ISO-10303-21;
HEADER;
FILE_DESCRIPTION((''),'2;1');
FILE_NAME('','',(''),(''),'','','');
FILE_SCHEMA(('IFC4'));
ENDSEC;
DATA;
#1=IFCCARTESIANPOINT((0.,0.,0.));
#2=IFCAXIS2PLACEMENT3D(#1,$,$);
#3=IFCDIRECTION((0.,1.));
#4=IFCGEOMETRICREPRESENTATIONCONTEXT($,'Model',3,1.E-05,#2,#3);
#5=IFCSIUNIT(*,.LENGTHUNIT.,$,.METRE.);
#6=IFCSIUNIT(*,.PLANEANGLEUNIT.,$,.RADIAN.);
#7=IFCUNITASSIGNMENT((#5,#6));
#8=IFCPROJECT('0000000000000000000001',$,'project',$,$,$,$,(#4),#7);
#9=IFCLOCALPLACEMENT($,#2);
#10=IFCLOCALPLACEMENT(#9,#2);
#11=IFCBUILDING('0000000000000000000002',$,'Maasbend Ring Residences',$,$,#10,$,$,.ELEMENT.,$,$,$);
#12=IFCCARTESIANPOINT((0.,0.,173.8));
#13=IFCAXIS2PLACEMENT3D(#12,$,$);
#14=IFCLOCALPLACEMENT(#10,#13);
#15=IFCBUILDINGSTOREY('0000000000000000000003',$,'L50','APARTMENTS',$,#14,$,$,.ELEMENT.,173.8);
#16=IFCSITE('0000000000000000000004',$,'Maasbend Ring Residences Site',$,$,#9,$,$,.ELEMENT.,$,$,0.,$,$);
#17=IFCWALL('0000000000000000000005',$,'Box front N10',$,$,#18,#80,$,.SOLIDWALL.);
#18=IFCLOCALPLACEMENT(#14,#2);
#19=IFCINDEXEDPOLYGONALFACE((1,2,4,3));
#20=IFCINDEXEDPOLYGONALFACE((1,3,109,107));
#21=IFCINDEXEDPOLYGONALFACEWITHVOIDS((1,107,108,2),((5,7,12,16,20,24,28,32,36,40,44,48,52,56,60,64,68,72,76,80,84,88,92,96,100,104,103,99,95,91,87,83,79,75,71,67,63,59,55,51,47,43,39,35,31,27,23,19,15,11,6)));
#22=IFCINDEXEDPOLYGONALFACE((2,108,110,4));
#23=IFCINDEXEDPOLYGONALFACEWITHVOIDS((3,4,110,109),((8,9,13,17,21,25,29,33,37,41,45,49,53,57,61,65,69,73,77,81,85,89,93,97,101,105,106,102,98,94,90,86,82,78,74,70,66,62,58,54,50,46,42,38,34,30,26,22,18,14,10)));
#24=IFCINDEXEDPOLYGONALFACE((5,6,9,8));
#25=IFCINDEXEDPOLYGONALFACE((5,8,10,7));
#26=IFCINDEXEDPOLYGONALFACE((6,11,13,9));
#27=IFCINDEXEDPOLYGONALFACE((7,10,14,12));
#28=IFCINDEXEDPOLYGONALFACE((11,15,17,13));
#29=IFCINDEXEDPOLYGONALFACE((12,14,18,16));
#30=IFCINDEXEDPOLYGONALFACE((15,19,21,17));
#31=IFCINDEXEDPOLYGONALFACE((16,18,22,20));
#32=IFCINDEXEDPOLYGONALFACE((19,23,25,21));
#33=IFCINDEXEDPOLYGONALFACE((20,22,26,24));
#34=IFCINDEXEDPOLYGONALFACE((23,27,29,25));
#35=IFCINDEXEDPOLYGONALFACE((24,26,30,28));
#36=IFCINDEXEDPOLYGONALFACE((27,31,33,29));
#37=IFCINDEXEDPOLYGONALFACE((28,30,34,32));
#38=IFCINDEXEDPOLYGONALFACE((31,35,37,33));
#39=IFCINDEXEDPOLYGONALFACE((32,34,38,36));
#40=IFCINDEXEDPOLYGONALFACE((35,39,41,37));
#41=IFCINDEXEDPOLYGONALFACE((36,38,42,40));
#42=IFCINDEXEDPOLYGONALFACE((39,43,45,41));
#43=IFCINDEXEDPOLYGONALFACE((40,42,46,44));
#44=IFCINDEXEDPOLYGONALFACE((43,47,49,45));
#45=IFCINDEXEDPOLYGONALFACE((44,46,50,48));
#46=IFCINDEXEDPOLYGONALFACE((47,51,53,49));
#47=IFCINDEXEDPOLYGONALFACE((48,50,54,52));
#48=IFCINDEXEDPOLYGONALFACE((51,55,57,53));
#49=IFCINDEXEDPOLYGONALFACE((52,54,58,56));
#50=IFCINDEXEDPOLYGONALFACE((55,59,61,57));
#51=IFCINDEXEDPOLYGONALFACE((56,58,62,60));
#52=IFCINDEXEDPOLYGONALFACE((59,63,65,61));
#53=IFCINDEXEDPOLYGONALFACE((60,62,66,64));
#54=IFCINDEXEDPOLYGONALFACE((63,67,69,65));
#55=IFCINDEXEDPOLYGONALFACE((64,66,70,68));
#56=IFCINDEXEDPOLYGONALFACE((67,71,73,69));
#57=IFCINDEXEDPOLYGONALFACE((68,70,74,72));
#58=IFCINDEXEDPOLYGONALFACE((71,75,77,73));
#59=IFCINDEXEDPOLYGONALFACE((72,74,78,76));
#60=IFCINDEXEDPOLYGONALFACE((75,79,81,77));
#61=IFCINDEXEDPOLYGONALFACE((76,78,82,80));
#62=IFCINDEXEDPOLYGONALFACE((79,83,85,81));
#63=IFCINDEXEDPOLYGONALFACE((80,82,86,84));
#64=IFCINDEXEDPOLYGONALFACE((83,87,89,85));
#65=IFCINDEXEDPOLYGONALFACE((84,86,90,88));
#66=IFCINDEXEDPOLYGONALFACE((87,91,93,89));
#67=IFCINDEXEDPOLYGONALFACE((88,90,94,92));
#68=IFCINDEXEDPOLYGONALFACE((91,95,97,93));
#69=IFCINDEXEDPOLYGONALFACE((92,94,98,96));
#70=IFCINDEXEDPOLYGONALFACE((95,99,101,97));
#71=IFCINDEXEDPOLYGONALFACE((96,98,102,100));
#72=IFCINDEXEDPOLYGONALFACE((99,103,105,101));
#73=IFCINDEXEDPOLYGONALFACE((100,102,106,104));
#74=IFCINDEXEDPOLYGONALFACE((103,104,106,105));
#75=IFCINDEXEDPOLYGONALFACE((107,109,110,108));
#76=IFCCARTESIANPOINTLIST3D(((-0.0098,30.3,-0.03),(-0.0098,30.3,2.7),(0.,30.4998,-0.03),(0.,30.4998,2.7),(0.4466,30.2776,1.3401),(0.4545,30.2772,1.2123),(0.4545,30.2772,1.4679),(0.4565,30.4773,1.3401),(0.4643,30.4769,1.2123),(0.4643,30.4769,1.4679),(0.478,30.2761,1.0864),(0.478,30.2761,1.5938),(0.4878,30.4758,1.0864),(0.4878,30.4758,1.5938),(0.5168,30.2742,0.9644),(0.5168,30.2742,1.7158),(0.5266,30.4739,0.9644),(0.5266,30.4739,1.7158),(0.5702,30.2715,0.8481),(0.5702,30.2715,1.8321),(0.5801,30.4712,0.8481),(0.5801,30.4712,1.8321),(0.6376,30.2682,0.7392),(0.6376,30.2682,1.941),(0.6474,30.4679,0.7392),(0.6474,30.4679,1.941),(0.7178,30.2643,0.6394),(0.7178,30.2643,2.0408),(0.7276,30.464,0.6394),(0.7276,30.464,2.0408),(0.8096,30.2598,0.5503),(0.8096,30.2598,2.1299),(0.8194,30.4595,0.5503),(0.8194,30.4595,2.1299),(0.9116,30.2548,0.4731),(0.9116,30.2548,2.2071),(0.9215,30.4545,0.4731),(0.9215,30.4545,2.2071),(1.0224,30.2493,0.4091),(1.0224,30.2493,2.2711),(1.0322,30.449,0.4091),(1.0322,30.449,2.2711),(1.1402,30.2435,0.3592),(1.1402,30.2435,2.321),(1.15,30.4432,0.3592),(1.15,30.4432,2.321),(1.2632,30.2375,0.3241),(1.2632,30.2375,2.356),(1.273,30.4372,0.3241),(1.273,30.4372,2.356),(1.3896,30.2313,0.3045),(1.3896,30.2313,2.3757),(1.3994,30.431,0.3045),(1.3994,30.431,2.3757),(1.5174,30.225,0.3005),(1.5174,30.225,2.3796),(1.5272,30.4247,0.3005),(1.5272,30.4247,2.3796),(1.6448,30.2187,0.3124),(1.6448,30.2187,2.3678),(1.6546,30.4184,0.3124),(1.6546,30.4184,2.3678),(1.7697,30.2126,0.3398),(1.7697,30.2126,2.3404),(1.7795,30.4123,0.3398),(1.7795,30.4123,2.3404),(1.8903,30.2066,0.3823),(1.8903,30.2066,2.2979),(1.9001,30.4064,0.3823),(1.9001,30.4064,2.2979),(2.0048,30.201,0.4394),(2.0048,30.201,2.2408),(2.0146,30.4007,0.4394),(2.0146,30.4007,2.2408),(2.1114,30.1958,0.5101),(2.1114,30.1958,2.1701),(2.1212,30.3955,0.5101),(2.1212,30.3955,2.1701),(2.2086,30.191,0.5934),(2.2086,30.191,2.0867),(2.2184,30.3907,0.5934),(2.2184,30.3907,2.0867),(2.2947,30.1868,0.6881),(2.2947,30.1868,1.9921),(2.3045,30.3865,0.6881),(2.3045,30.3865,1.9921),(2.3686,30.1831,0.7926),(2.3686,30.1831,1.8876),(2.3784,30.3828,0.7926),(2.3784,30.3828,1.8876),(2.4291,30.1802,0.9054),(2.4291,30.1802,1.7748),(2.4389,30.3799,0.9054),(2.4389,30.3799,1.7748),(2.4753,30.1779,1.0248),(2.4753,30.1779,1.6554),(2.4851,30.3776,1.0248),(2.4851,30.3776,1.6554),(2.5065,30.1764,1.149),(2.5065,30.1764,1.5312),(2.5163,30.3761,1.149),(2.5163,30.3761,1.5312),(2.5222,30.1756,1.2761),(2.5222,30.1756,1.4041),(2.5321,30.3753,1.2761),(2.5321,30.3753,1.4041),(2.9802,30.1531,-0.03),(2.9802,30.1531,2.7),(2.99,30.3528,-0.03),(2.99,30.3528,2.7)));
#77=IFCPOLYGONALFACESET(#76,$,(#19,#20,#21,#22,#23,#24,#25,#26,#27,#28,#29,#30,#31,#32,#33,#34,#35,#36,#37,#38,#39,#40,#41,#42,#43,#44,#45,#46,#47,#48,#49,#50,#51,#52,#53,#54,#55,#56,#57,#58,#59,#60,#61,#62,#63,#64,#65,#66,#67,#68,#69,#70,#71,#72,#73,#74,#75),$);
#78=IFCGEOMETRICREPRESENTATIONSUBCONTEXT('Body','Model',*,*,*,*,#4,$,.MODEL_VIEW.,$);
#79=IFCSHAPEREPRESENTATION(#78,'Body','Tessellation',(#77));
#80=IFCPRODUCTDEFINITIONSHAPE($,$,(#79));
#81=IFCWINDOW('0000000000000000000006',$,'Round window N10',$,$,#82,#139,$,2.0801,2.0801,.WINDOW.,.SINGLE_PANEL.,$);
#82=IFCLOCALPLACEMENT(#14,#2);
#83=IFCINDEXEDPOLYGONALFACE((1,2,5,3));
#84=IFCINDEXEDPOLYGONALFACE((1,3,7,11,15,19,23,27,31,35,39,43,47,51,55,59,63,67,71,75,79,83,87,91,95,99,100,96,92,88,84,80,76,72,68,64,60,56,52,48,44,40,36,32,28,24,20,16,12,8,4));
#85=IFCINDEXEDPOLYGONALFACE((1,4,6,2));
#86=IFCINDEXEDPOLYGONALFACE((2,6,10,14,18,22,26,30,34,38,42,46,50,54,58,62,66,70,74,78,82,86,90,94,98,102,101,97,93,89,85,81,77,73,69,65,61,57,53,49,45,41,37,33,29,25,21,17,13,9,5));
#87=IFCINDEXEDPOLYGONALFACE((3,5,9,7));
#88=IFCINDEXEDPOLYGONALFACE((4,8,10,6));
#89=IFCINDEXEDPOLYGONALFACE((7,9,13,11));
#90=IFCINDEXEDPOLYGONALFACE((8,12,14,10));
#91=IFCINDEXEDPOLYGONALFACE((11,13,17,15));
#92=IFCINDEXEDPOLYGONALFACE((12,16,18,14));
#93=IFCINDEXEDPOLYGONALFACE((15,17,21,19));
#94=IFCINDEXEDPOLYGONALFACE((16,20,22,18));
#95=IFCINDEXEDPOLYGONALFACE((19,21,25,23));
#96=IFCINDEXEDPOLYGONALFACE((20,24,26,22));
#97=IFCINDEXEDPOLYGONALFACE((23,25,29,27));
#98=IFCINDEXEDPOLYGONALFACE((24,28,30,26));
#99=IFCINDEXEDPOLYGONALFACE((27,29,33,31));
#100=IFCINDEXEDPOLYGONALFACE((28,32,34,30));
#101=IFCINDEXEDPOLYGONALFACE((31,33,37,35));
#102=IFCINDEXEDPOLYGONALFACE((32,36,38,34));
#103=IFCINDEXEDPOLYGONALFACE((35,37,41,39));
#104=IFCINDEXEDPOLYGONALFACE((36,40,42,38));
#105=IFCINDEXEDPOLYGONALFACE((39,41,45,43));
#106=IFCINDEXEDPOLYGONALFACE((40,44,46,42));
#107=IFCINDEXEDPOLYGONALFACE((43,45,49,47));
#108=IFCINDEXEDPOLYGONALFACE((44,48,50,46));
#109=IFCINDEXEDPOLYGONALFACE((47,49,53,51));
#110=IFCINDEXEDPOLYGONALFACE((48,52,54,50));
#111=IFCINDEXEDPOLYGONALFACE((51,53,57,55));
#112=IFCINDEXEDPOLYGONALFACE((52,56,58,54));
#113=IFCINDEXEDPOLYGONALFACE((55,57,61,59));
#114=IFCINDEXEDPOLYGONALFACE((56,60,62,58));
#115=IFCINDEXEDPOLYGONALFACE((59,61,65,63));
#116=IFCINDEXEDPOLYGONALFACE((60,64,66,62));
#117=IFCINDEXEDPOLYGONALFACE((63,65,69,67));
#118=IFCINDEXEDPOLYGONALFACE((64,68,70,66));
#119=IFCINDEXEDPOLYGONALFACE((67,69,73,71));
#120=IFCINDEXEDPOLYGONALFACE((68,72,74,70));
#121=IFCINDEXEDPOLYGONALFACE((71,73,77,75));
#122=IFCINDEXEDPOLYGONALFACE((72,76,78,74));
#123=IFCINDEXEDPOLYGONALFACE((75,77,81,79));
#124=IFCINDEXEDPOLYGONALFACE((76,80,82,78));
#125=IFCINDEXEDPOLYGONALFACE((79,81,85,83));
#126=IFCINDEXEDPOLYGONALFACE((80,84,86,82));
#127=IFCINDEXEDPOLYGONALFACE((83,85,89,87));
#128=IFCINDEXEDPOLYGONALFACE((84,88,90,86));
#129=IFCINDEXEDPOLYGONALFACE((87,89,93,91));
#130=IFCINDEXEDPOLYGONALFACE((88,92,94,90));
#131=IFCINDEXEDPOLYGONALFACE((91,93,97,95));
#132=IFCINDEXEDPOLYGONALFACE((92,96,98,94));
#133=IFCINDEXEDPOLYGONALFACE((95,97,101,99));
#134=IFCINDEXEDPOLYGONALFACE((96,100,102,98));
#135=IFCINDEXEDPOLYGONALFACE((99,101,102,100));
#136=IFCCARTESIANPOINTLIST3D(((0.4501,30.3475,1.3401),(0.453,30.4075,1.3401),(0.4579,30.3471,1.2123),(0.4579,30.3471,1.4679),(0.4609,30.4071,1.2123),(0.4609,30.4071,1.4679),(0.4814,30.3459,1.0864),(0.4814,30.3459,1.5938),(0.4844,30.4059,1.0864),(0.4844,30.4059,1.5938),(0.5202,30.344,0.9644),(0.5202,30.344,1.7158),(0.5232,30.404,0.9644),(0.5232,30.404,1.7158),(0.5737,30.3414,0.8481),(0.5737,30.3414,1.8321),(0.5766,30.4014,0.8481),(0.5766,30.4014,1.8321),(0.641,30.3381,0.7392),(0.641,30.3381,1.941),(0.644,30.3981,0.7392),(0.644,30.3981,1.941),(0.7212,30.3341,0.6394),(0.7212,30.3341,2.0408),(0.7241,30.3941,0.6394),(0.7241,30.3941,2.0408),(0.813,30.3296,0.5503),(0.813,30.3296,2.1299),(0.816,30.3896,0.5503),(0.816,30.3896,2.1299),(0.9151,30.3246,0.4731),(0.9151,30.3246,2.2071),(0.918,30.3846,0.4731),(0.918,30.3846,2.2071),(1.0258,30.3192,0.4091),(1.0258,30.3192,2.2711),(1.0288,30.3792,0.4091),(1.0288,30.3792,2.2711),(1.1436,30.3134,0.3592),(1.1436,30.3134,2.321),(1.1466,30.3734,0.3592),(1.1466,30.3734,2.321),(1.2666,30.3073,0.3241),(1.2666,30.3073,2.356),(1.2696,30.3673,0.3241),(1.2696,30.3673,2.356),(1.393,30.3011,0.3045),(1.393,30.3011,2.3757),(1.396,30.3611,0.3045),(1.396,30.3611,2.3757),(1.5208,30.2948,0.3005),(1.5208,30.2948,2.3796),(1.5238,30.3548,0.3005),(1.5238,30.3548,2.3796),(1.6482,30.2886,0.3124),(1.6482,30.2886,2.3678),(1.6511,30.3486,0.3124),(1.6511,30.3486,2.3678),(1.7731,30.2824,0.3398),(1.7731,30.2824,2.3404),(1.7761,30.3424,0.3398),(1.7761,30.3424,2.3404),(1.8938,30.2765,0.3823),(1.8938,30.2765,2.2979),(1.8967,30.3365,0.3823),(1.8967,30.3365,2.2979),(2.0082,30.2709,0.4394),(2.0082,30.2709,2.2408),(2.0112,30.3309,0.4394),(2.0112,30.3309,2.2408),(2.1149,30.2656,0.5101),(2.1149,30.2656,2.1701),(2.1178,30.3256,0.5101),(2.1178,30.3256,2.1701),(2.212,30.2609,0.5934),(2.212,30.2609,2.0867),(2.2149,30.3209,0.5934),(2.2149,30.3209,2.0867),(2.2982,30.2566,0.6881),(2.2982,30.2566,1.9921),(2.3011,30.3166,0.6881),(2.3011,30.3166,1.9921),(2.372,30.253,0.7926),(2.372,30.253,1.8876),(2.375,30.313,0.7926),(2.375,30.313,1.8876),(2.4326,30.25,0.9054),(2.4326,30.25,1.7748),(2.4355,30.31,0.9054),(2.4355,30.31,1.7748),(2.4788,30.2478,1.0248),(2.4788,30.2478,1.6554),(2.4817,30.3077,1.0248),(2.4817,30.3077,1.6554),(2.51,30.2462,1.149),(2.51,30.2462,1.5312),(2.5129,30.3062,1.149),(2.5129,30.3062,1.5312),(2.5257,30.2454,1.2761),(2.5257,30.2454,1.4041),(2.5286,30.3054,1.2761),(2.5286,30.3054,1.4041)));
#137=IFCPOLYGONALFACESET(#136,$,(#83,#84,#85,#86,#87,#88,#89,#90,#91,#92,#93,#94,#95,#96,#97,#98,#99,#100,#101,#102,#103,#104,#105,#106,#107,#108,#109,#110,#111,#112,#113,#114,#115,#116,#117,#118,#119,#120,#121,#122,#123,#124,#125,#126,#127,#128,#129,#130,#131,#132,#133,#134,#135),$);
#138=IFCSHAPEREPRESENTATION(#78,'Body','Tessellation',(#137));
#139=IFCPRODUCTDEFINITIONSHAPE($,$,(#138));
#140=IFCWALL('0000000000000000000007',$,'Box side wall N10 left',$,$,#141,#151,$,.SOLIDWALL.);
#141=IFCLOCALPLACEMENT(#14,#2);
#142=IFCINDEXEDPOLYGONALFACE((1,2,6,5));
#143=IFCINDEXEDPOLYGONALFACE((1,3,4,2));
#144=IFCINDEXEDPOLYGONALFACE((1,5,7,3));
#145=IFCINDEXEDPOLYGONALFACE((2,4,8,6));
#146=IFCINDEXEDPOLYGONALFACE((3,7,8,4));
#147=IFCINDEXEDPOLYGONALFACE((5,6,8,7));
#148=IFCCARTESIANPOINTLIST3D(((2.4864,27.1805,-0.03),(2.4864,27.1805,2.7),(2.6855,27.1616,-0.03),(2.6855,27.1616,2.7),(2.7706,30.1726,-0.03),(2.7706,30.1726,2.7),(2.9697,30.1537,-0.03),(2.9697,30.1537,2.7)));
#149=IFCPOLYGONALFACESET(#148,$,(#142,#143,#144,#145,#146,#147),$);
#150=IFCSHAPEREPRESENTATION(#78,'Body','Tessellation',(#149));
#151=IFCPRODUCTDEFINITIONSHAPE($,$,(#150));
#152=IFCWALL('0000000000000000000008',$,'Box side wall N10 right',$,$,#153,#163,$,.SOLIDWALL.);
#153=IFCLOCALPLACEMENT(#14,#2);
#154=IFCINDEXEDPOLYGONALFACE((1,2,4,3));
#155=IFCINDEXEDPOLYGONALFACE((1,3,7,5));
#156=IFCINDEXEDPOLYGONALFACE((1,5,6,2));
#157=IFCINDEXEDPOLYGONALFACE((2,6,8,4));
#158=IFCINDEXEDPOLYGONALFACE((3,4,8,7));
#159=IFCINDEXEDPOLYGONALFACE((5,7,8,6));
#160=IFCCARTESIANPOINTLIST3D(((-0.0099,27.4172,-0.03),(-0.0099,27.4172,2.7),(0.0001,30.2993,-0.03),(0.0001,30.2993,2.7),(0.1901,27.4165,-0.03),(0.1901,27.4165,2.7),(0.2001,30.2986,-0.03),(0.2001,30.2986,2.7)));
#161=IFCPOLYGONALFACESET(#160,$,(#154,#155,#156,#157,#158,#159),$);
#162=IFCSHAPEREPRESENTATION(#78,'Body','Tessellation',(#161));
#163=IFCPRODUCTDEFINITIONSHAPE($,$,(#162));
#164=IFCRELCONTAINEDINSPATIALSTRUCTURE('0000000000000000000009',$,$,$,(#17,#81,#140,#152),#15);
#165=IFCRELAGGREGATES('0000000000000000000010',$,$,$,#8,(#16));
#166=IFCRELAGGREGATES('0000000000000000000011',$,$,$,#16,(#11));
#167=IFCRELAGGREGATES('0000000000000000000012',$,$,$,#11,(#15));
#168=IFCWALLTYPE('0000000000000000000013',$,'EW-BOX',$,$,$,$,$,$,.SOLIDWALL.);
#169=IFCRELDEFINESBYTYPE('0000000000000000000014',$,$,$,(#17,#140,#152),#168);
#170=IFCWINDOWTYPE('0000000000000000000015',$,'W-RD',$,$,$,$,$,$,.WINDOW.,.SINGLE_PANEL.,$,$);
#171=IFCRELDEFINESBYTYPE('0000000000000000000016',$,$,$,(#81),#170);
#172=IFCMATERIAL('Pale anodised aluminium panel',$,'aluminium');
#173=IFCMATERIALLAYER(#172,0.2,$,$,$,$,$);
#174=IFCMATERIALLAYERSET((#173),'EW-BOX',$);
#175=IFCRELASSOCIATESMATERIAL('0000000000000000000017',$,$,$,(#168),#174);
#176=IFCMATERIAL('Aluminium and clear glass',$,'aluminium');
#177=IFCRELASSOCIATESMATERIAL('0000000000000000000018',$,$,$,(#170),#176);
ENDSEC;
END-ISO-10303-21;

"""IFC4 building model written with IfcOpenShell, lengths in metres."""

from ifc_helpers import new_model, si_unit, direction, frame, frame_2d, origin, place, context, subcontext, project, spatial, rectangle, circle, extrude, material, layer, layer_set, type_object, element, fill, save


model = new_model("IFC4")

# Units and contexts
model_context = context("Model", 3, precision=1e-05, world=origin(), true_north=direction((0.0, 1.0)))
body_context = subcontext(model_context, "Body", "Model", "MODEL_VIEW")
ifc_project = project(units=[si_unit("LENGTHUNIT", "METRE"), si_unit("PLANEANGLEUNIT", "RADIAN")], contexts=[model_context])

# Site, building, storey
site_placement = place(None, origin())
site = spatial("IfcSite", under=ifc_project, at=site_placement, Name="Maasbend Ring Residences Site", CompositionType="ELEMENT", RefElevation=0.0)
building_placement = place(site_placement, origin())
building = spatial("IfcBuilding", under=site, at=building_placement, Name="Maasbend Ring Residences", CompositionType="ELEMENT")
storey_placement = place(building_placement, frame((0.0, 0.0, 173.8)))
storey = spatial("IfcBuildingStorey", under=building, at=storey_placement, Name="L50", Description="APARTMENTS", CompositionType="ELEMENT", Elevation=173.8)

# Shared definitions
ifc_material_1 = material(Name="Pale anodised aluminium panel", Category="aluminium")
ifc_layer_1 = layer(ifc_material_1, 0.2)
ifc_layer_set_1 = layer_set([ifc_layer_1], Name="EW-BOX")
wall_type_1 = type_object("IfcWallType", Name="EW-BOX", PredefinedType="SOLIDWALL", material=ifc_layer_set_1)

# Shared definitions
ifc_material_2 = material(Name="Aluminium and clear glass", Category="aluminium")
window_type_1 = type_object("IfcWindowType", Name="W-RD", PartitioningType="SINGLE_PANEL", PredefinedType="WINDOW", material=ifc_material_2)

# Wall, opening, window
wall_1_placement = place(storey_placement, frame((2.9851, 30.2529, -0.03), z_axis=(0.0, 0.0, 1.0), x_axis=(-0.998794, 0.049096, 0.0)))
wall_1 = element("IfcWall", 1, at=wall_1_placement, inside=storey, type_object=wall_type_1, Name="Box front N10", PredefinedType="SOLIDWALL", context=body_context, shape_type="SweptSolid", body=[
    extrude(rectangle(XDim=2.9937, YDim=0.2, at=frame_2d((1.4968, 0.0))), origin(), (0.0, 0.0, 1.0), 2.73),
])
opening_1_placement = place(wall_1_placement, frame((0.4565, 0.0, 0.3301)))
opening_1 = element("IfcOpeningElement", 2, at=opening_1_placement, cuts=wall_1, PredefinedType="OPENING", context=body_context, shape_type="SweptSolid", body=[
    extrude(circle(Radius=1.04, at=frame_2d((1.04, 1.04))), frame((0.0, 0.1099, 0.0), z_axis=(0.0, -1.0, 0.0), x_axis=(1.0, 0.0, 0.0)), (0.0, 0.0, 1.0), 0.22),
])
window_1_placement = place(opening_1_placement, origin())
window_1 = element("IfcWindow", 3, at=window_1_placement, inside=storey, type_object=window_type_1, Name="Round window N10", OverallHeight=2.0801, OverallWidth=2.0801, PartitioningType="SINGLE_PANEL", PredefinedType="WINDOW", context=body_context, shape_type="SweptSolid", body=[
    extrude(circle(Radius=1.04, at=frame_2d((1.04, 1.04))), frame((0.0, 0.03, 0.0), z_axis=(0.0, -1.0, 0.0), x_axis=(1.0, 0.0, 0.0)), (0.0, 0.0, 1.0), 0.0601),
])
fill(opening_1, window_1)

# Walls
wall_2_placement = place(storey_placement, frame((2.5859, 27.1709, -0.03), z_axis=(0.0, 0.0, 1.0), x_axis=(0.094548, 0.99552, 0.0)))
element("IfcWall", 4, at=wall_2_placement, inside=storey, type_object=wall_type_1, Name="Box side wall N10 left", PredefinedType="SOLIDWALL", context=body_context, shape_type="SweptSolid", body=[
    extrude(rectangle(XDim=3.0056, YDim=0.2, at=frame_2d((1.5029, 0.0))), origin(), (0.0, 0.0, 1.0), 2.73),
])
wall_3_placement = place(storey_placement, frame((0.0901, 27.417, -0.03), z_axis=(0.0, 0.0, 1.0), x_axis=(0.003473, 0.999994, 0.0)))
element("IfcWall", 5, at=wall_3_placement, inside=storey, type_object=wall_type_1, Name="Box side wall N10 right", PredefinedType="SOLIDWALL", context=body_context, shape_type="SweptSolid", body=[
    extrude(rectangle(XDim=2.8821, YDim=0.2, at=frame_2d((1.4409, 0.0))), origin(), (0.0, 0.0, 1.0), 2.73),
])

save(model, "model.ifc")
